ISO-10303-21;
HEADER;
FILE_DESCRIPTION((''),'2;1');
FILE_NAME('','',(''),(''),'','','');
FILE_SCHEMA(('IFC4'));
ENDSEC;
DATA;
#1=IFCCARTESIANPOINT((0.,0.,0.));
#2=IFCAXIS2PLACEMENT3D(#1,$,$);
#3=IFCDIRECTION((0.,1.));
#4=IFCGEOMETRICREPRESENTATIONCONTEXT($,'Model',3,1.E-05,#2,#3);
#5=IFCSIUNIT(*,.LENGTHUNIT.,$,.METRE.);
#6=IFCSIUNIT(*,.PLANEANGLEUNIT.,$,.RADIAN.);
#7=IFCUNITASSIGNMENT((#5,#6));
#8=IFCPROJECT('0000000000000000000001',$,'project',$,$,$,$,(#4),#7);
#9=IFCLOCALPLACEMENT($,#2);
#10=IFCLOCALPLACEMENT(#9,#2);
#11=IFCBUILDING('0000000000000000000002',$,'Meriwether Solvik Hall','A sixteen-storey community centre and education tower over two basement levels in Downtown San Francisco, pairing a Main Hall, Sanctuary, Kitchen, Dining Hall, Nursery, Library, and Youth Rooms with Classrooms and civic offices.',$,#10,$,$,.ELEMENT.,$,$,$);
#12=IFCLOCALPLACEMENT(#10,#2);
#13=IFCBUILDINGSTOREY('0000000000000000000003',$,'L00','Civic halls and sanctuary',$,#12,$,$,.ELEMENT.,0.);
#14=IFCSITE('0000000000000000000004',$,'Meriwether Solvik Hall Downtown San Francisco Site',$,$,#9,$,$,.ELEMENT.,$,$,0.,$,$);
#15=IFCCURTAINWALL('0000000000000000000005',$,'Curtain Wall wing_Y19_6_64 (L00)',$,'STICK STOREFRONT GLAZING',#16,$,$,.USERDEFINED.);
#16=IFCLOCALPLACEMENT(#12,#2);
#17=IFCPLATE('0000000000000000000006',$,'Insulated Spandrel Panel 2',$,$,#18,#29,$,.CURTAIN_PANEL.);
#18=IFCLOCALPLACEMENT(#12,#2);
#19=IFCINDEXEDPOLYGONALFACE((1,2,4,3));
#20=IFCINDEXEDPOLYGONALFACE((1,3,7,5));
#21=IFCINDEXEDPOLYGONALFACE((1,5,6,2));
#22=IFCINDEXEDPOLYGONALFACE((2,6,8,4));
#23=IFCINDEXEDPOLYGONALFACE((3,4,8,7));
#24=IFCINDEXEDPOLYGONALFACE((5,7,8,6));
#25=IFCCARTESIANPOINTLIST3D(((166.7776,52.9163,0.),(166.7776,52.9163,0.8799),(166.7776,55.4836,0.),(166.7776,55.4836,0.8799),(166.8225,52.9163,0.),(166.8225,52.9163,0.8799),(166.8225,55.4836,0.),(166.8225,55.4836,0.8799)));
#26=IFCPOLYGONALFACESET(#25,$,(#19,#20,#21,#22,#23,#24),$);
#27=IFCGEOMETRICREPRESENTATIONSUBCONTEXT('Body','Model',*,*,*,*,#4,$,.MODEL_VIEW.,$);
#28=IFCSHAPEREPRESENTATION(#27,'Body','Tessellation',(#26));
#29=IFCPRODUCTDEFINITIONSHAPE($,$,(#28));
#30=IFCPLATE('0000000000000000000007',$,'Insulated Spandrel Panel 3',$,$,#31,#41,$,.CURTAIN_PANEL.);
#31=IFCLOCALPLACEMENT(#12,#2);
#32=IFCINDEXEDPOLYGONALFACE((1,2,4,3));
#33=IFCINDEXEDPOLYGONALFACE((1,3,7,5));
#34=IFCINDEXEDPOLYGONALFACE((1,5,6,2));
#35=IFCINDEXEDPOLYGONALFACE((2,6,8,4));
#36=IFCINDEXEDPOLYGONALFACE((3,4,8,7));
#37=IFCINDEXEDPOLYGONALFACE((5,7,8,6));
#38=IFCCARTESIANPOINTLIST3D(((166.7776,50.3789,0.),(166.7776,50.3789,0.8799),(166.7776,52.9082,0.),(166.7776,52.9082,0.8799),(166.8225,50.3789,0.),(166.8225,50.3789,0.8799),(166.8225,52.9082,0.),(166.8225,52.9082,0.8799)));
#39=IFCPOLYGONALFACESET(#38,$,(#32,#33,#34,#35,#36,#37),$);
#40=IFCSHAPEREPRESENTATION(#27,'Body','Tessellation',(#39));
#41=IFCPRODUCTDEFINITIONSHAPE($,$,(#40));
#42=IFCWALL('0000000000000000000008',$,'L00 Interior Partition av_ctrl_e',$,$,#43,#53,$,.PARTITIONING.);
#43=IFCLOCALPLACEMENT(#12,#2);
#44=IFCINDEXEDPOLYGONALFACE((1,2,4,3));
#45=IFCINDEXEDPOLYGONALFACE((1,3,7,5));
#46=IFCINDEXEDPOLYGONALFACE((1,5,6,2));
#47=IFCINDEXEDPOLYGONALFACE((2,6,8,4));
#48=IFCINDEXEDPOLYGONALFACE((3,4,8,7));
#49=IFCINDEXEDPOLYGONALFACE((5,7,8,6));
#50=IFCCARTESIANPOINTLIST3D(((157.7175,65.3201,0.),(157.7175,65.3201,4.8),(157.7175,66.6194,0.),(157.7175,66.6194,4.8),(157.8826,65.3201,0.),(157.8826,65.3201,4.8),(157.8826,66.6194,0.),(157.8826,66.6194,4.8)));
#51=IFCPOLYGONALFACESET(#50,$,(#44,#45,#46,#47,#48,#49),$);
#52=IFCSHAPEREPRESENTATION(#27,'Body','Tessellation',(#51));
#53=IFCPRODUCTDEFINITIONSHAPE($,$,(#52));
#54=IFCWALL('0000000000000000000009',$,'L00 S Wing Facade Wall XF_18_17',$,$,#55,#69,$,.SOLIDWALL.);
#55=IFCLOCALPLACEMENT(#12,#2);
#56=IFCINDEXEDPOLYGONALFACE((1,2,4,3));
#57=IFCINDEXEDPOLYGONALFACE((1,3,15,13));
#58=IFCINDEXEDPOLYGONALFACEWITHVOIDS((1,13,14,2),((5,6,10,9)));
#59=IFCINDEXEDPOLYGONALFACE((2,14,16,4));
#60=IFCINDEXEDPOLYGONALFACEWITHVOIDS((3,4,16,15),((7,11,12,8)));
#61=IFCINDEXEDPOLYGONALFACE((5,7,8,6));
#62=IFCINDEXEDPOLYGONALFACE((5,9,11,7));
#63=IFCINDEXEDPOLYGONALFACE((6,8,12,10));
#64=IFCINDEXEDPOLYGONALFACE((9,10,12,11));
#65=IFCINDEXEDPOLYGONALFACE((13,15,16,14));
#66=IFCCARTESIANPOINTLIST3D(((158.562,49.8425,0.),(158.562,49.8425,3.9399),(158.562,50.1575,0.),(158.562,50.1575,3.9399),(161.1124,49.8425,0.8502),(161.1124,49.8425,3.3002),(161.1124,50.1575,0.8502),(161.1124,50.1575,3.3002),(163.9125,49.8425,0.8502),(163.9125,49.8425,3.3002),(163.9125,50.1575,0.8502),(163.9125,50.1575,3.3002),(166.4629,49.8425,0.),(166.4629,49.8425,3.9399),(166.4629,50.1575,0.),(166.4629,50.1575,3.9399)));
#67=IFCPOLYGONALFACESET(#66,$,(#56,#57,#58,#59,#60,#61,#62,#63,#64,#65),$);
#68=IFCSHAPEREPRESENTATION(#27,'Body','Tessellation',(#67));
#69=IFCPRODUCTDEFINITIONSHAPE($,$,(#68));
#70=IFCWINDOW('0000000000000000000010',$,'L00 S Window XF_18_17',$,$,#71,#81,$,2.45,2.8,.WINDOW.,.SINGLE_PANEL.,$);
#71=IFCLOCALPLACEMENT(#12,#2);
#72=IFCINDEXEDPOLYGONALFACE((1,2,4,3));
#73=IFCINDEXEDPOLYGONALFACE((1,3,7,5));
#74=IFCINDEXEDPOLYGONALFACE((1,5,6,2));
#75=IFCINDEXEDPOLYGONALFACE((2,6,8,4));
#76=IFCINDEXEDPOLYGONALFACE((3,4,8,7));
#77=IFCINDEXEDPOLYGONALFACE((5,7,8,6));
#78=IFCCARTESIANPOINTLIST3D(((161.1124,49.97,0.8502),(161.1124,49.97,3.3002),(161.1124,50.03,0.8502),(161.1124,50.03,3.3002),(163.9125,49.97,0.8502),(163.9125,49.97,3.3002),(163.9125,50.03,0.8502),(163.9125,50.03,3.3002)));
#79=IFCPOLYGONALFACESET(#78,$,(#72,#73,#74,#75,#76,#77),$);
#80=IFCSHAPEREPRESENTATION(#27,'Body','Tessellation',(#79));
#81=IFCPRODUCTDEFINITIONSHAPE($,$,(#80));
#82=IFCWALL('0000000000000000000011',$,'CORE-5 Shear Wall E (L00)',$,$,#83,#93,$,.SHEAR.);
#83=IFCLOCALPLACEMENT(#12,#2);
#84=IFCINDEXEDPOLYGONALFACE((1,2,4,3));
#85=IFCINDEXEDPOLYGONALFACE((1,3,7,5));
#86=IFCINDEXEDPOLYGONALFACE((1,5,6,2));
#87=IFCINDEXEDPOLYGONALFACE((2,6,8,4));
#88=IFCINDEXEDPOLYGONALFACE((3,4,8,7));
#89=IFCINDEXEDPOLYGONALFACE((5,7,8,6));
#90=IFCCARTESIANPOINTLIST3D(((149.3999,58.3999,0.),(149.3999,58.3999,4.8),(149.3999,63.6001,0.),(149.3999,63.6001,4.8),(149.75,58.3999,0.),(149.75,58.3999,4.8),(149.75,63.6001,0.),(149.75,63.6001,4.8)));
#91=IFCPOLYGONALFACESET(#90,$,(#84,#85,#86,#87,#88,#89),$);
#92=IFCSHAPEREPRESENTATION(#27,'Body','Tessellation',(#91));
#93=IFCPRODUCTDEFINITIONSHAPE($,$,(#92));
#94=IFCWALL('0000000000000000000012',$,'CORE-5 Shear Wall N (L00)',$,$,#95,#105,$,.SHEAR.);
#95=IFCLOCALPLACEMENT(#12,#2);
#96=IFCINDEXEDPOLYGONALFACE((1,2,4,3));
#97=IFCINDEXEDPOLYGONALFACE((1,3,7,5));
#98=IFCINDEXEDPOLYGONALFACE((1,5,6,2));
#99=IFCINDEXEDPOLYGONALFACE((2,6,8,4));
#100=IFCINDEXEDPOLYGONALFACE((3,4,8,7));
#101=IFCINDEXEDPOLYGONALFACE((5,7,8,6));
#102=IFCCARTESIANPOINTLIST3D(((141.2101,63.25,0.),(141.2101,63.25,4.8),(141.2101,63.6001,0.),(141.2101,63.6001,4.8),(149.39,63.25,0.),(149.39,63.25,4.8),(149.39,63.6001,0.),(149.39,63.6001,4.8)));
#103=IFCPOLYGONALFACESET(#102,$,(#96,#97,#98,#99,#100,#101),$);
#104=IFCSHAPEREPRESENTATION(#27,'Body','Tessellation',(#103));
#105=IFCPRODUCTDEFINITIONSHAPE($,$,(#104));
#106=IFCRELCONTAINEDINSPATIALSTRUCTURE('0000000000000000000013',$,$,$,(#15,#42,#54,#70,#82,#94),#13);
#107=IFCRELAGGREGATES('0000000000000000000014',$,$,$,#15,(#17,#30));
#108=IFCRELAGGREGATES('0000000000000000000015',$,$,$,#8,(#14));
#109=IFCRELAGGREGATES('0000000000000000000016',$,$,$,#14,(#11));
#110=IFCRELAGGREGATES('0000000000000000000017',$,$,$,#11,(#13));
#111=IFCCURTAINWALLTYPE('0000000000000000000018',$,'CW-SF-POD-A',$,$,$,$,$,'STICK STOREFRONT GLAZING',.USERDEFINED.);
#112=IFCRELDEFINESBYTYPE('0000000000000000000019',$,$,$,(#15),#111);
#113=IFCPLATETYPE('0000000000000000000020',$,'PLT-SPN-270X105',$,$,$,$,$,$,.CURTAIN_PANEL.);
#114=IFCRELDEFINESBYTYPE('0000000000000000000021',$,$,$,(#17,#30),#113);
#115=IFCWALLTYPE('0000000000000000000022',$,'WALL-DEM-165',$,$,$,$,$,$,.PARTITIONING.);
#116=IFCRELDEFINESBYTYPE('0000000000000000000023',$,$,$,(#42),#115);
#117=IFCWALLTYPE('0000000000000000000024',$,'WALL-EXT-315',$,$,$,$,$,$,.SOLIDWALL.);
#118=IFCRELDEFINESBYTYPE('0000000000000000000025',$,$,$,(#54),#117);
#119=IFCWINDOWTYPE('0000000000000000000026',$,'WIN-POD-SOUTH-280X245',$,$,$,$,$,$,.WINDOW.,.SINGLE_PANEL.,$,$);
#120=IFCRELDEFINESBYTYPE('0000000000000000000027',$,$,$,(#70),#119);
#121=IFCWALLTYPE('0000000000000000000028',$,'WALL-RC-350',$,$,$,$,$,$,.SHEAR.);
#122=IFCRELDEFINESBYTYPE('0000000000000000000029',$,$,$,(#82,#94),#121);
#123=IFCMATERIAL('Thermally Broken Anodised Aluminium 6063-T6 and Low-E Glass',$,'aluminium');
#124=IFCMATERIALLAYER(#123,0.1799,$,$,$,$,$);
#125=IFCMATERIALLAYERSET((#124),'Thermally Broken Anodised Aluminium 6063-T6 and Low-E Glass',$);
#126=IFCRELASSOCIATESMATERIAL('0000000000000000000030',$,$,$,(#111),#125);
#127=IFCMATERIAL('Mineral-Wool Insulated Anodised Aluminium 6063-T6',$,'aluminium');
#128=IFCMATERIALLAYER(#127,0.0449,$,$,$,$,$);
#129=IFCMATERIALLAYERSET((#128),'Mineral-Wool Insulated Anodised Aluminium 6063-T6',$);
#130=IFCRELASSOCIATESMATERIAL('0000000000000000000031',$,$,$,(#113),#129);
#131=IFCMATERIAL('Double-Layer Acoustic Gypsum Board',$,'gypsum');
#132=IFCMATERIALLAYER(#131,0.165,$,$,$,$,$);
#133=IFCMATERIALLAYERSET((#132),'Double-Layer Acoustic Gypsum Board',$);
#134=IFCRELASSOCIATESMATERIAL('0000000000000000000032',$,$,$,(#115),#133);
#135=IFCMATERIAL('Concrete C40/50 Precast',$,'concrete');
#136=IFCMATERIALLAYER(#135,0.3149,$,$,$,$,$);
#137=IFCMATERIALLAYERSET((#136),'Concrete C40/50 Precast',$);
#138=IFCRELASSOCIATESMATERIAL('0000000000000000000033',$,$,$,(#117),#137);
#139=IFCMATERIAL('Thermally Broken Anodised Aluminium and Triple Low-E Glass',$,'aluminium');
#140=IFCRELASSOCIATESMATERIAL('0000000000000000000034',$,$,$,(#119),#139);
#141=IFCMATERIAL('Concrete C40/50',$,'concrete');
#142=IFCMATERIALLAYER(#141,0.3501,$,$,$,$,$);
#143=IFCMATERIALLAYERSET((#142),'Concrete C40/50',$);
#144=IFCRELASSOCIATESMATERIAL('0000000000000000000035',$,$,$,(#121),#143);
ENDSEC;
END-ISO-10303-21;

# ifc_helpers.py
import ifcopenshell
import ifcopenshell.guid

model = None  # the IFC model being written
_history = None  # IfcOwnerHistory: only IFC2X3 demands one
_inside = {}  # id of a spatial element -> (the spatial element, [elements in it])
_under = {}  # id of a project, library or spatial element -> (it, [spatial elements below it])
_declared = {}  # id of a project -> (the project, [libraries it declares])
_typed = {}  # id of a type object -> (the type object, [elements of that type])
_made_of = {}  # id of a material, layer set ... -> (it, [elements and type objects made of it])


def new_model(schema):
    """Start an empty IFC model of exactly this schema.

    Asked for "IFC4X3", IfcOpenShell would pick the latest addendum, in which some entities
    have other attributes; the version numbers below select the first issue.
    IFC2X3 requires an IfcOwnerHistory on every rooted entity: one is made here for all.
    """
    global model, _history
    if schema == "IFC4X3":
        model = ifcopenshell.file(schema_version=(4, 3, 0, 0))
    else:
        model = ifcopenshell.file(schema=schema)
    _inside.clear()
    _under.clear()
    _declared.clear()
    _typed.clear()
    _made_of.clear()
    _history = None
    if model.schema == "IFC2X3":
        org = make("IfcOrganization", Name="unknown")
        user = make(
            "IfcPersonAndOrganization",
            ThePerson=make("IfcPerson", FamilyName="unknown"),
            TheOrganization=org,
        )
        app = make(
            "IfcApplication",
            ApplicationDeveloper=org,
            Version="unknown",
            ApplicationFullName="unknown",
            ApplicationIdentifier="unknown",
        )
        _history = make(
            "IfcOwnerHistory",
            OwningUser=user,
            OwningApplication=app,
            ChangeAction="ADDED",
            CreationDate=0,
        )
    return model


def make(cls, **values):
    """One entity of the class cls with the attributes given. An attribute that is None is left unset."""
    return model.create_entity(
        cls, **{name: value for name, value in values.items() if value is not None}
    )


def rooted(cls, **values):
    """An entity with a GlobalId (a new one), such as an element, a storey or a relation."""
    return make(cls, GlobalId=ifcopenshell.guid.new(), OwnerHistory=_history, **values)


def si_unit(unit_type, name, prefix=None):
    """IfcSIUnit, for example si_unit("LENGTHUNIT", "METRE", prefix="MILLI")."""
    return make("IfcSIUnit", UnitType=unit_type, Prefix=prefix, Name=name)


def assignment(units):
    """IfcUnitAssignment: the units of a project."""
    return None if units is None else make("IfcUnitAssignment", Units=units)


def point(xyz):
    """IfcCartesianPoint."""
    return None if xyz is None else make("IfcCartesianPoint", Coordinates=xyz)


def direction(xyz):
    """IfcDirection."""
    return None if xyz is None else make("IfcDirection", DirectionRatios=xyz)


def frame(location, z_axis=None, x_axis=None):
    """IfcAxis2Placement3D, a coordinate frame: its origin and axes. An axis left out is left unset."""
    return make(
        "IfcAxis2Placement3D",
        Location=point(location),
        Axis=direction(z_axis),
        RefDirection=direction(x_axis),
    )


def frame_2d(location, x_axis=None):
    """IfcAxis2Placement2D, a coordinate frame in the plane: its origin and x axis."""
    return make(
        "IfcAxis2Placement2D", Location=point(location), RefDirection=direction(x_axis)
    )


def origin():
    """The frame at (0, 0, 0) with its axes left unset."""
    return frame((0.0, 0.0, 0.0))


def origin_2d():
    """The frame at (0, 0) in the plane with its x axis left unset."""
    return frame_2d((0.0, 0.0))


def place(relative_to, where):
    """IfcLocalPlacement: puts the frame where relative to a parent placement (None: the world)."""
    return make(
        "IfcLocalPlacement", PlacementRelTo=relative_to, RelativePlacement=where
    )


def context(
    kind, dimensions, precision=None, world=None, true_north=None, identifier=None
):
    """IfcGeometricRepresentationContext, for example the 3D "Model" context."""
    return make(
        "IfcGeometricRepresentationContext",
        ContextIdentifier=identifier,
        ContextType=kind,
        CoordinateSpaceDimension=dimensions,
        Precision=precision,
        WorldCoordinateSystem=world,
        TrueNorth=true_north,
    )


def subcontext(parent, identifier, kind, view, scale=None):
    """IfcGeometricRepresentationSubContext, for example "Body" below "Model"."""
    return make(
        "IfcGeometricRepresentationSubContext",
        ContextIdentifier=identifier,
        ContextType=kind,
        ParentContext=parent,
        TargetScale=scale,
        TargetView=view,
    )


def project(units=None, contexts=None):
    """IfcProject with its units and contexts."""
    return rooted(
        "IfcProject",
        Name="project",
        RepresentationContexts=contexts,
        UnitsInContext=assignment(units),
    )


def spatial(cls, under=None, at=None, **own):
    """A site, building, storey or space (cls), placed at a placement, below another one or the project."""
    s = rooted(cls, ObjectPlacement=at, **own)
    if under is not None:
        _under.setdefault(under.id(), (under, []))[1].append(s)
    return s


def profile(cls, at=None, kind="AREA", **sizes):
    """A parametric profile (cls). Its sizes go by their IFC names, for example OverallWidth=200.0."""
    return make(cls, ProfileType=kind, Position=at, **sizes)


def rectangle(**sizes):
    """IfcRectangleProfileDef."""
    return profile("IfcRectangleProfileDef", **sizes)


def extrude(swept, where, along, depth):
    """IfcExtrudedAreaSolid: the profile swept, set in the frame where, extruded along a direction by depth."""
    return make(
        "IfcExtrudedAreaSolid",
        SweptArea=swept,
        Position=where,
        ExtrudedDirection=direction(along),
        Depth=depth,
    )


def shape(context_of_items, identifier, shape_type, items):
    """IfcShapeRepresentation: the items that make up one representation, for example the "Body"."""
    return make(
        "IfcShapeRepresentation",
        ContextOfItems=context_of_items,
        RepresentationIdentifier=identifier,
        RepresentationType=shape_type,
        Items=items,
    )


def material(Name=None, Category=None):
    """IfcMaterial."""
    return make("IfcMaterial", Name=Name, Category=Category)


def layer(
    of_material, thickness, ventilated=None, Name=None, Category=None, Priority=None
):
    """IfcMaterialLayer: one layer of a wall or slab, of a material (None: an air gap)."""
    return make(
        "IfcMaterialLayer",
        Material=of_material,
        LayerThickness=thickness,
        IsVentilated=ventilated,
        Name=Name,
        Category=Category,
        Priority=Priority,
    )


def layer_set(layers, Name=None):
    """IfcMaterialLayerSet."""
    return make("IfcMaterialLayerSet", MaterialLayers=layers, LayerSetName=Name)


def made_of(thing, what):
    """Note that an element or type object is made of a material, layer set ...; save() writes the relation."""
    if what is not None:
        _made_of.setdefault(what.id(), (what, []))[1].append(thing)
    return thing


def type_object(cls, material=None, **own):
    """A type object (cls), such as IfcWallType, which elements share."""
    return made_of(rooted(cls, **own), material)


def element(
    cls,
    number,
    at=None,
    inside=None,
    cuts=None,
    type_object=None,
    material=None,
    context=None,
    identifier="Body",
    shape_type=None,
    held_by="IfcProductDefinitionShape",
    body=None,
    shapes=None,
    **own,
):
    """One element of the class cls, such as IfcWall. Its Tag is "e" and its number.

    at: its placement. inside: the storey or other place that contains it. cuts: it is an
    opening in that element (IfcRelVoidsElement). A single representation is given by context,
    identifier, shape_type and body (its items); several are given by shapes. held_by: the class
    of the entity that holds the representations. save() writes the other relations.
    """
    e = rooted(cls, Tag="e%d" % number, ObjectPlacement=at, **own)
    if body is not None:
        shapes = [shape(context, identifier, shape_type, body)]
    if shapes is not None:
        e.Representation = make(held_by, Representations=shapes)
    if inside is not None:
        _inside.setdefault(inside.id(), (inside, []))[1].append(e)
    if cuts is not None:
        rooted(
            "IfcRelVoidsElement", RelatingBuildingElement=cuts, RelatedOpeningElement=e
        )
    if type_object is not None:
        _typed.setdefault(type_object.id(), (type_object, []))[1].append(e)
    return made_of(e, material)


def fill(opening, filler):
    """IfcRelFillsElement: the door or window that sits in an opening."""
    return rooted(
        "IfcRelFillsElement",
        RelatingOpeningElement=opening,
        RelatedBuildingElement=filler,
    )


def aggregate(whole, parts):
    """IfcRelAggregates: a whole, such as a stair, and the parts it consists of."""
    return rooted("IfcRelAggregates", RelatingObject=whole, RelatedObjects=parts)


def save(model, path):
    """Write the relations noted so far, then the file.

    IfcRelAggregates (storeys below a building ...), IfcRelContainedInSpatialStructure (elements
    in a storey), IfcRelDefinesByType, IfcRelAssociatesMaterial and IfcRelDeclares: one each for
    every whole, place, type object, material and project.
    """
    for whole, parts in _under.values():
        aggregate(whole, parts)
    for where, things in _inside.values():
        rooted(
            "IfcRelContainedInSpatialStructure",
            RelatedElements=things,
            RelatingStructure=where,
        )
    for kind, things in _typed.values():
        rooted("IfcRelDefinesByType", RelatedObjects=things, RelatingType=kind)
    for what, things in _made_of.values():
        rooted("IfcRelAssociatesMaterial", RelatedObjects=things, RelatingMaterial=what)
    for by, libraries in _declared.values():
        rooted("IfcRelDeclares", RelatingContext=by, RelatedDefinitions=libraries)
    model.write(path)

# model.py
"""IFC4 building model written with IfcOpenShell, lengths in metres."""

from ifc_helpers import new_model, si_unit, direction, frame, frame_2d, origin, origin_2d, place, context, subcontext, project, spatial, rectangle, extrude, material, layer, layer_set, type_object, element, fill, aggregate, save


model = new_model("IFC4")

# Units and contexts
model_context = context("Model", 3, precision=1e-05, world=origin(), true_north=direction((0.0, 1.0)))
body_context = subcontext(model_context, "Body", "Model", "MODEL_VIEW")
ifc_project = project(units=[si_unit("LENGTHUNIT", "METRE"), si_unit("PLANEANGLEUNIT", "RADIAN")], contexts=[model_context])

# Site, building, storey
site_placement = place(None, origin())
site = spatial("IfcSite", under=ifc_project, at=site_placement, Name="Meriwether Solvik Hall Downtown San Francisco Site", CompositionType="ELEMENT", RefElevation=0.0)
building_placement = place(site_placement, origin())
building = spatial("IfcBuilding", under=site, at=building_placement, Name="Meriwether Solvik Hall", Description="A sixteen-storey community centre and education tower over two basement levels in Downtown San Francisco, pairing a Main Hall, Sanctuary, Kitchen, Dining Hall, Nursery, Library, and Youth Rooms with Classrooms and civic offices.", CompositionType="ELEMENT")
storey_placement = place(building_placement, origin())
storey = spatial("IfcBuildingStorey", under=building, at=storey_placement, Name="L00", Description="Civic halls and sanctuary", CompositionType="ELEMENT", Elevation=0.0)

# Curtain wall
ifc_material_1 = material(Name="Thermally Broken Anodised Aluminium 6063-T6 and Low-E Glass", Category="aluminium")
ifc_layer_1 = layer(ifc_material_1, 0.1799)
ifc_layer_set_1 = layer_set([ifc_layer_1], Name="Thermally Broken Anodised Aluminium 6063-T6 and Low-E Glass")
curtain_wall_type = type_object("IfcCurtainWallType", Name="CW-SF-POD-A", ElementType="STICK STOREFRONT GLAZING", PredefinedType="USERDEFINED", material=ifc_layer_set_1)
curtain_wall_placement = place(storey_placement, origin())
curtain_wall = element("IfcCurtainWall", 1, at=curtain_wall_placement, inside=storey, type_object=curtain_wall_type, Name="Curtain Wall wing_Y19_6_64 (L00)", ObjectType="STICK STOREFRONT GLAZING", PredefinedType="USERDEFINED")

# Plates
ifc_material_2 = material(Name="Mineral-Wool Insulated Anodised Aluminium 6063-T6", Category="aluminium")
ifc_layer_2 = layer(ifc_material_2, 0.0449)
ifc_layer_set_2 = layer_set([ifc_layer_2], Name="Mineral-Wool Insulated Anodised Aluminium 6063-T6")
plate_type_1 = type_object("IfcPlateType", Name="PLT-SPN-270X105", PredefinedType="CURTAIN_PANEL", material=ifc_layer_set_2)
plate_1_placement = place(storey_placement, frame((166.8, 54.2, 0.0), z_axis=(0.0, 0.0, 1.0), x_axis=(0.0, -1.0, 0.0)))
plate_1 = element("IfcPlate", 2, at=plate_1_placement, type_object=plate_type_1, Name="Insulated Spandrel Panel 2", PredefinedType="CURTAIN_PANEL", context=body_context, shape_type="SweptSolid", body=[
    extrude(rectangle(XDim=2.5674, YDim=0.0449, at=origin_2d()), origin(), (0.0, 0.0, 1.0), 0.8799),
])
plate_2_placement = place(storey_placement, frame((166.8, 51.6436, 0.0), z_axis=(0.0, 0.0, 1.0), x_axis=(0.0, -1.0, 0.0)))
plate_2 = element("IfcPlate", 3, at=plate_2_placement, type_object=plate_type_1, Name="Insulated Spandrel Panel 3", PredefinedType="CURTAIN_PANEL", context=body_context, shape_type="SweptSolid", body=[
    extrude(rectangle(XDim=2.5293, YDim=0.0449, at=origin_2d()), origin(), (0.0, 0.0, 1.0), 0.8799),
])
aggregate(curtain_wall, [plate_1, plate_2])

# Wall
ifc_material_3 = material(Name="Double-Layer Acoustic Gypsum Board", Category="gypsum")
ifc_layer_3 = layer(ifc_material_3, 0.165)
ifc_layer_set_3 = layer_set([ifc_layer_3], Name="Double-Layer Acoustic Gypsum Board")
wall_type_1 = type_object("IfcWallType", Name="WALL-DEM-165", PredefinedType="PARTITIONING", material=ifc_layer_set_3)
wall_1_placement = place(storey_placement, frame((157.8, 65.3201, 0.0), z_axis=(0.0, 0.0, 1.0), x_axis=(0.0, 1.0, 0.0)))
element("IfcWall", 4, at=wall_1_placement, inside=storey, type_object=wall_type_1, Name="L00 Interior Partition av_ctrl_e", PredefinedType="PARTITIONING", context=body_context, shape_type="SweptSolid", body=[
    extrude(rectangle(XDim=1.2993, YDim=0.165, at=frame_2d((0.6497, 0.0))), origin(), (0.0, 0.0, 1.0), 4.8),
])

# Wall, opening, window
ifc_material_4 = material(Name="Concrete C40/50 Precast", Category="concrete")
ifc_layer_4 = layer(ifc_material_4, 0.3149)
ifc_layer_set_4 = layer_set([ifc_layer_4], Name="Concrete C40/50 Precast")
wall_type_2 = type_object("IfcWallType", Name="WALL-EXT-315", PredefinedType="SOLIDWALL", material=ifc_layer_set_4)
wall_2_placement = place(storey_placement, frame((166.4629, 50.0, 0.0), z_axis=(0.0, 0.0, 1.0), x_axis=(-1.0, 0.0, 0.0)))
wall_2 = element("IfcWall", 5, at=wall_2_placement, inside=storey, type_object=wall_type_2, Name="L00 S Wing Facade Wall XF_18_17", PredefinedType="SOLIDWALL", context=body_context, shape_type="SweptSolid", body=[
    extrude(rectangle(XDim=7.9009, YDim=0.3149, at=frame_2d((3.9504, 0.0))), origin(), (0.0, 0.0, 1.0), 3.9399),
])
opening_placement = place(wall_2_placement, frame((2.5505, 0.0, 0.8501)))
opening = element("IfcOpeningElement", 6, at=opening_placement, cuts=wall_2, PredefinedType="OPENING", context=body_context, shape_type="SweptSolid", body=[
    extrude(rectangle(XDim=2.8, YDim=2.45, at=frame_2d((1.3999, 1.2251))), frame((0.0, 0.1694, 0.0), z_axis=(0.0, -1.0, 0.0), x_axis=(1.0, 0.0, 0.0)), (0.0, 0.0, 1.0), 0.3389),
])
ifc_material_5 = material(Name="Thermally Broken Anodised Aluminium and Triple Low-E Glass", Category="aluminium")
window_type = type_object("IfcWindowType", Name="WIN-POD-SOUTH-280X245", PartitioningType="SINGLE_PANEL", PredefinedType="WINDOW", material=ifc_material_5)
window_placement = place(opening_placement, origin())
window = element("IfcWindow", 7, at=window_placement, inside=storey, type_object=window_type, Name="L00 S Window XF_18_17", OverallHeight=2.45, OverallWidth=2.8, PartitioningType="SINGLE_PANEL", PredefinedType="WINDOW", context=body_context, shape_type="SweptSolid", body=[
    extrude(rectangle(XDim=2.8, YDim=2.45, at=frame_2d((1.3999, 1.2251))), frame((0.0, 0.03, 0.0), z_axis=(0.0, -1.0, 0.0), x_axis=(1.0, 0.0, 0.0)), (0.0, 0.0, 1.0), 0.0601),
])
fill(opening, window)

# Walls
ifc_material_6 = material(Name="Concrete C40/50", Category="concrete")
ifc_layer_5 = layer(ifc_material_6, 0.3501)
ifc_layer_set_5 = layer_set([ifc_layer_5], Name="Concrete C40/50")
wall_type_3 = type_object("IfcWallType", Name="WALL-RC-350", PredefinedType="SHEAR", material=ifc_layer_set_5)
wall_3_placement = place(storey_placement, frame((149.575, 58.3999, 0.0), z_axis=(0.0, 0.0, 1.0), x_axis=(0.0, 1.0, 0.0)))
element("IfcWall", 8, at=wall_3_placement, inside=storey, type_object=wall_type_3, Name="CORE-5 Shear Wall E (L00)", PredefinedType="SHEAR", context=body_context, shape_type="SweptSolid", body=[
    extrude(rectangle(XDim=5.2002, YDim=0.3501, at=frame_2d((2.6001, 0.0))), origin(), (0.0, 0.0, 1.0), 4.8),
])
wall_4_placement = place(storey_placement, frame((149.3899, 63.425, 0.0), z_axis=(0.0, 0.0, 1.0), x_axis=(-1.0, 0.0, 0.0)))
element("IfcWall", 9, at=wall_4_placement, inside=storey, type_object=wall_type_3, Name="CORE-5 Shear Wall N (L00)", PredefinedType="SHEAR", context=body_context, shape_type="SweptSolid", body=[
    extrude(rectangle(XDim=8.1799, YDim=0.3501, at=frame_2d((4.0898, 0.0))), origin(), (0.0, 0.0, 1.0), 4.8),
])

save(model, "model.ifc")
